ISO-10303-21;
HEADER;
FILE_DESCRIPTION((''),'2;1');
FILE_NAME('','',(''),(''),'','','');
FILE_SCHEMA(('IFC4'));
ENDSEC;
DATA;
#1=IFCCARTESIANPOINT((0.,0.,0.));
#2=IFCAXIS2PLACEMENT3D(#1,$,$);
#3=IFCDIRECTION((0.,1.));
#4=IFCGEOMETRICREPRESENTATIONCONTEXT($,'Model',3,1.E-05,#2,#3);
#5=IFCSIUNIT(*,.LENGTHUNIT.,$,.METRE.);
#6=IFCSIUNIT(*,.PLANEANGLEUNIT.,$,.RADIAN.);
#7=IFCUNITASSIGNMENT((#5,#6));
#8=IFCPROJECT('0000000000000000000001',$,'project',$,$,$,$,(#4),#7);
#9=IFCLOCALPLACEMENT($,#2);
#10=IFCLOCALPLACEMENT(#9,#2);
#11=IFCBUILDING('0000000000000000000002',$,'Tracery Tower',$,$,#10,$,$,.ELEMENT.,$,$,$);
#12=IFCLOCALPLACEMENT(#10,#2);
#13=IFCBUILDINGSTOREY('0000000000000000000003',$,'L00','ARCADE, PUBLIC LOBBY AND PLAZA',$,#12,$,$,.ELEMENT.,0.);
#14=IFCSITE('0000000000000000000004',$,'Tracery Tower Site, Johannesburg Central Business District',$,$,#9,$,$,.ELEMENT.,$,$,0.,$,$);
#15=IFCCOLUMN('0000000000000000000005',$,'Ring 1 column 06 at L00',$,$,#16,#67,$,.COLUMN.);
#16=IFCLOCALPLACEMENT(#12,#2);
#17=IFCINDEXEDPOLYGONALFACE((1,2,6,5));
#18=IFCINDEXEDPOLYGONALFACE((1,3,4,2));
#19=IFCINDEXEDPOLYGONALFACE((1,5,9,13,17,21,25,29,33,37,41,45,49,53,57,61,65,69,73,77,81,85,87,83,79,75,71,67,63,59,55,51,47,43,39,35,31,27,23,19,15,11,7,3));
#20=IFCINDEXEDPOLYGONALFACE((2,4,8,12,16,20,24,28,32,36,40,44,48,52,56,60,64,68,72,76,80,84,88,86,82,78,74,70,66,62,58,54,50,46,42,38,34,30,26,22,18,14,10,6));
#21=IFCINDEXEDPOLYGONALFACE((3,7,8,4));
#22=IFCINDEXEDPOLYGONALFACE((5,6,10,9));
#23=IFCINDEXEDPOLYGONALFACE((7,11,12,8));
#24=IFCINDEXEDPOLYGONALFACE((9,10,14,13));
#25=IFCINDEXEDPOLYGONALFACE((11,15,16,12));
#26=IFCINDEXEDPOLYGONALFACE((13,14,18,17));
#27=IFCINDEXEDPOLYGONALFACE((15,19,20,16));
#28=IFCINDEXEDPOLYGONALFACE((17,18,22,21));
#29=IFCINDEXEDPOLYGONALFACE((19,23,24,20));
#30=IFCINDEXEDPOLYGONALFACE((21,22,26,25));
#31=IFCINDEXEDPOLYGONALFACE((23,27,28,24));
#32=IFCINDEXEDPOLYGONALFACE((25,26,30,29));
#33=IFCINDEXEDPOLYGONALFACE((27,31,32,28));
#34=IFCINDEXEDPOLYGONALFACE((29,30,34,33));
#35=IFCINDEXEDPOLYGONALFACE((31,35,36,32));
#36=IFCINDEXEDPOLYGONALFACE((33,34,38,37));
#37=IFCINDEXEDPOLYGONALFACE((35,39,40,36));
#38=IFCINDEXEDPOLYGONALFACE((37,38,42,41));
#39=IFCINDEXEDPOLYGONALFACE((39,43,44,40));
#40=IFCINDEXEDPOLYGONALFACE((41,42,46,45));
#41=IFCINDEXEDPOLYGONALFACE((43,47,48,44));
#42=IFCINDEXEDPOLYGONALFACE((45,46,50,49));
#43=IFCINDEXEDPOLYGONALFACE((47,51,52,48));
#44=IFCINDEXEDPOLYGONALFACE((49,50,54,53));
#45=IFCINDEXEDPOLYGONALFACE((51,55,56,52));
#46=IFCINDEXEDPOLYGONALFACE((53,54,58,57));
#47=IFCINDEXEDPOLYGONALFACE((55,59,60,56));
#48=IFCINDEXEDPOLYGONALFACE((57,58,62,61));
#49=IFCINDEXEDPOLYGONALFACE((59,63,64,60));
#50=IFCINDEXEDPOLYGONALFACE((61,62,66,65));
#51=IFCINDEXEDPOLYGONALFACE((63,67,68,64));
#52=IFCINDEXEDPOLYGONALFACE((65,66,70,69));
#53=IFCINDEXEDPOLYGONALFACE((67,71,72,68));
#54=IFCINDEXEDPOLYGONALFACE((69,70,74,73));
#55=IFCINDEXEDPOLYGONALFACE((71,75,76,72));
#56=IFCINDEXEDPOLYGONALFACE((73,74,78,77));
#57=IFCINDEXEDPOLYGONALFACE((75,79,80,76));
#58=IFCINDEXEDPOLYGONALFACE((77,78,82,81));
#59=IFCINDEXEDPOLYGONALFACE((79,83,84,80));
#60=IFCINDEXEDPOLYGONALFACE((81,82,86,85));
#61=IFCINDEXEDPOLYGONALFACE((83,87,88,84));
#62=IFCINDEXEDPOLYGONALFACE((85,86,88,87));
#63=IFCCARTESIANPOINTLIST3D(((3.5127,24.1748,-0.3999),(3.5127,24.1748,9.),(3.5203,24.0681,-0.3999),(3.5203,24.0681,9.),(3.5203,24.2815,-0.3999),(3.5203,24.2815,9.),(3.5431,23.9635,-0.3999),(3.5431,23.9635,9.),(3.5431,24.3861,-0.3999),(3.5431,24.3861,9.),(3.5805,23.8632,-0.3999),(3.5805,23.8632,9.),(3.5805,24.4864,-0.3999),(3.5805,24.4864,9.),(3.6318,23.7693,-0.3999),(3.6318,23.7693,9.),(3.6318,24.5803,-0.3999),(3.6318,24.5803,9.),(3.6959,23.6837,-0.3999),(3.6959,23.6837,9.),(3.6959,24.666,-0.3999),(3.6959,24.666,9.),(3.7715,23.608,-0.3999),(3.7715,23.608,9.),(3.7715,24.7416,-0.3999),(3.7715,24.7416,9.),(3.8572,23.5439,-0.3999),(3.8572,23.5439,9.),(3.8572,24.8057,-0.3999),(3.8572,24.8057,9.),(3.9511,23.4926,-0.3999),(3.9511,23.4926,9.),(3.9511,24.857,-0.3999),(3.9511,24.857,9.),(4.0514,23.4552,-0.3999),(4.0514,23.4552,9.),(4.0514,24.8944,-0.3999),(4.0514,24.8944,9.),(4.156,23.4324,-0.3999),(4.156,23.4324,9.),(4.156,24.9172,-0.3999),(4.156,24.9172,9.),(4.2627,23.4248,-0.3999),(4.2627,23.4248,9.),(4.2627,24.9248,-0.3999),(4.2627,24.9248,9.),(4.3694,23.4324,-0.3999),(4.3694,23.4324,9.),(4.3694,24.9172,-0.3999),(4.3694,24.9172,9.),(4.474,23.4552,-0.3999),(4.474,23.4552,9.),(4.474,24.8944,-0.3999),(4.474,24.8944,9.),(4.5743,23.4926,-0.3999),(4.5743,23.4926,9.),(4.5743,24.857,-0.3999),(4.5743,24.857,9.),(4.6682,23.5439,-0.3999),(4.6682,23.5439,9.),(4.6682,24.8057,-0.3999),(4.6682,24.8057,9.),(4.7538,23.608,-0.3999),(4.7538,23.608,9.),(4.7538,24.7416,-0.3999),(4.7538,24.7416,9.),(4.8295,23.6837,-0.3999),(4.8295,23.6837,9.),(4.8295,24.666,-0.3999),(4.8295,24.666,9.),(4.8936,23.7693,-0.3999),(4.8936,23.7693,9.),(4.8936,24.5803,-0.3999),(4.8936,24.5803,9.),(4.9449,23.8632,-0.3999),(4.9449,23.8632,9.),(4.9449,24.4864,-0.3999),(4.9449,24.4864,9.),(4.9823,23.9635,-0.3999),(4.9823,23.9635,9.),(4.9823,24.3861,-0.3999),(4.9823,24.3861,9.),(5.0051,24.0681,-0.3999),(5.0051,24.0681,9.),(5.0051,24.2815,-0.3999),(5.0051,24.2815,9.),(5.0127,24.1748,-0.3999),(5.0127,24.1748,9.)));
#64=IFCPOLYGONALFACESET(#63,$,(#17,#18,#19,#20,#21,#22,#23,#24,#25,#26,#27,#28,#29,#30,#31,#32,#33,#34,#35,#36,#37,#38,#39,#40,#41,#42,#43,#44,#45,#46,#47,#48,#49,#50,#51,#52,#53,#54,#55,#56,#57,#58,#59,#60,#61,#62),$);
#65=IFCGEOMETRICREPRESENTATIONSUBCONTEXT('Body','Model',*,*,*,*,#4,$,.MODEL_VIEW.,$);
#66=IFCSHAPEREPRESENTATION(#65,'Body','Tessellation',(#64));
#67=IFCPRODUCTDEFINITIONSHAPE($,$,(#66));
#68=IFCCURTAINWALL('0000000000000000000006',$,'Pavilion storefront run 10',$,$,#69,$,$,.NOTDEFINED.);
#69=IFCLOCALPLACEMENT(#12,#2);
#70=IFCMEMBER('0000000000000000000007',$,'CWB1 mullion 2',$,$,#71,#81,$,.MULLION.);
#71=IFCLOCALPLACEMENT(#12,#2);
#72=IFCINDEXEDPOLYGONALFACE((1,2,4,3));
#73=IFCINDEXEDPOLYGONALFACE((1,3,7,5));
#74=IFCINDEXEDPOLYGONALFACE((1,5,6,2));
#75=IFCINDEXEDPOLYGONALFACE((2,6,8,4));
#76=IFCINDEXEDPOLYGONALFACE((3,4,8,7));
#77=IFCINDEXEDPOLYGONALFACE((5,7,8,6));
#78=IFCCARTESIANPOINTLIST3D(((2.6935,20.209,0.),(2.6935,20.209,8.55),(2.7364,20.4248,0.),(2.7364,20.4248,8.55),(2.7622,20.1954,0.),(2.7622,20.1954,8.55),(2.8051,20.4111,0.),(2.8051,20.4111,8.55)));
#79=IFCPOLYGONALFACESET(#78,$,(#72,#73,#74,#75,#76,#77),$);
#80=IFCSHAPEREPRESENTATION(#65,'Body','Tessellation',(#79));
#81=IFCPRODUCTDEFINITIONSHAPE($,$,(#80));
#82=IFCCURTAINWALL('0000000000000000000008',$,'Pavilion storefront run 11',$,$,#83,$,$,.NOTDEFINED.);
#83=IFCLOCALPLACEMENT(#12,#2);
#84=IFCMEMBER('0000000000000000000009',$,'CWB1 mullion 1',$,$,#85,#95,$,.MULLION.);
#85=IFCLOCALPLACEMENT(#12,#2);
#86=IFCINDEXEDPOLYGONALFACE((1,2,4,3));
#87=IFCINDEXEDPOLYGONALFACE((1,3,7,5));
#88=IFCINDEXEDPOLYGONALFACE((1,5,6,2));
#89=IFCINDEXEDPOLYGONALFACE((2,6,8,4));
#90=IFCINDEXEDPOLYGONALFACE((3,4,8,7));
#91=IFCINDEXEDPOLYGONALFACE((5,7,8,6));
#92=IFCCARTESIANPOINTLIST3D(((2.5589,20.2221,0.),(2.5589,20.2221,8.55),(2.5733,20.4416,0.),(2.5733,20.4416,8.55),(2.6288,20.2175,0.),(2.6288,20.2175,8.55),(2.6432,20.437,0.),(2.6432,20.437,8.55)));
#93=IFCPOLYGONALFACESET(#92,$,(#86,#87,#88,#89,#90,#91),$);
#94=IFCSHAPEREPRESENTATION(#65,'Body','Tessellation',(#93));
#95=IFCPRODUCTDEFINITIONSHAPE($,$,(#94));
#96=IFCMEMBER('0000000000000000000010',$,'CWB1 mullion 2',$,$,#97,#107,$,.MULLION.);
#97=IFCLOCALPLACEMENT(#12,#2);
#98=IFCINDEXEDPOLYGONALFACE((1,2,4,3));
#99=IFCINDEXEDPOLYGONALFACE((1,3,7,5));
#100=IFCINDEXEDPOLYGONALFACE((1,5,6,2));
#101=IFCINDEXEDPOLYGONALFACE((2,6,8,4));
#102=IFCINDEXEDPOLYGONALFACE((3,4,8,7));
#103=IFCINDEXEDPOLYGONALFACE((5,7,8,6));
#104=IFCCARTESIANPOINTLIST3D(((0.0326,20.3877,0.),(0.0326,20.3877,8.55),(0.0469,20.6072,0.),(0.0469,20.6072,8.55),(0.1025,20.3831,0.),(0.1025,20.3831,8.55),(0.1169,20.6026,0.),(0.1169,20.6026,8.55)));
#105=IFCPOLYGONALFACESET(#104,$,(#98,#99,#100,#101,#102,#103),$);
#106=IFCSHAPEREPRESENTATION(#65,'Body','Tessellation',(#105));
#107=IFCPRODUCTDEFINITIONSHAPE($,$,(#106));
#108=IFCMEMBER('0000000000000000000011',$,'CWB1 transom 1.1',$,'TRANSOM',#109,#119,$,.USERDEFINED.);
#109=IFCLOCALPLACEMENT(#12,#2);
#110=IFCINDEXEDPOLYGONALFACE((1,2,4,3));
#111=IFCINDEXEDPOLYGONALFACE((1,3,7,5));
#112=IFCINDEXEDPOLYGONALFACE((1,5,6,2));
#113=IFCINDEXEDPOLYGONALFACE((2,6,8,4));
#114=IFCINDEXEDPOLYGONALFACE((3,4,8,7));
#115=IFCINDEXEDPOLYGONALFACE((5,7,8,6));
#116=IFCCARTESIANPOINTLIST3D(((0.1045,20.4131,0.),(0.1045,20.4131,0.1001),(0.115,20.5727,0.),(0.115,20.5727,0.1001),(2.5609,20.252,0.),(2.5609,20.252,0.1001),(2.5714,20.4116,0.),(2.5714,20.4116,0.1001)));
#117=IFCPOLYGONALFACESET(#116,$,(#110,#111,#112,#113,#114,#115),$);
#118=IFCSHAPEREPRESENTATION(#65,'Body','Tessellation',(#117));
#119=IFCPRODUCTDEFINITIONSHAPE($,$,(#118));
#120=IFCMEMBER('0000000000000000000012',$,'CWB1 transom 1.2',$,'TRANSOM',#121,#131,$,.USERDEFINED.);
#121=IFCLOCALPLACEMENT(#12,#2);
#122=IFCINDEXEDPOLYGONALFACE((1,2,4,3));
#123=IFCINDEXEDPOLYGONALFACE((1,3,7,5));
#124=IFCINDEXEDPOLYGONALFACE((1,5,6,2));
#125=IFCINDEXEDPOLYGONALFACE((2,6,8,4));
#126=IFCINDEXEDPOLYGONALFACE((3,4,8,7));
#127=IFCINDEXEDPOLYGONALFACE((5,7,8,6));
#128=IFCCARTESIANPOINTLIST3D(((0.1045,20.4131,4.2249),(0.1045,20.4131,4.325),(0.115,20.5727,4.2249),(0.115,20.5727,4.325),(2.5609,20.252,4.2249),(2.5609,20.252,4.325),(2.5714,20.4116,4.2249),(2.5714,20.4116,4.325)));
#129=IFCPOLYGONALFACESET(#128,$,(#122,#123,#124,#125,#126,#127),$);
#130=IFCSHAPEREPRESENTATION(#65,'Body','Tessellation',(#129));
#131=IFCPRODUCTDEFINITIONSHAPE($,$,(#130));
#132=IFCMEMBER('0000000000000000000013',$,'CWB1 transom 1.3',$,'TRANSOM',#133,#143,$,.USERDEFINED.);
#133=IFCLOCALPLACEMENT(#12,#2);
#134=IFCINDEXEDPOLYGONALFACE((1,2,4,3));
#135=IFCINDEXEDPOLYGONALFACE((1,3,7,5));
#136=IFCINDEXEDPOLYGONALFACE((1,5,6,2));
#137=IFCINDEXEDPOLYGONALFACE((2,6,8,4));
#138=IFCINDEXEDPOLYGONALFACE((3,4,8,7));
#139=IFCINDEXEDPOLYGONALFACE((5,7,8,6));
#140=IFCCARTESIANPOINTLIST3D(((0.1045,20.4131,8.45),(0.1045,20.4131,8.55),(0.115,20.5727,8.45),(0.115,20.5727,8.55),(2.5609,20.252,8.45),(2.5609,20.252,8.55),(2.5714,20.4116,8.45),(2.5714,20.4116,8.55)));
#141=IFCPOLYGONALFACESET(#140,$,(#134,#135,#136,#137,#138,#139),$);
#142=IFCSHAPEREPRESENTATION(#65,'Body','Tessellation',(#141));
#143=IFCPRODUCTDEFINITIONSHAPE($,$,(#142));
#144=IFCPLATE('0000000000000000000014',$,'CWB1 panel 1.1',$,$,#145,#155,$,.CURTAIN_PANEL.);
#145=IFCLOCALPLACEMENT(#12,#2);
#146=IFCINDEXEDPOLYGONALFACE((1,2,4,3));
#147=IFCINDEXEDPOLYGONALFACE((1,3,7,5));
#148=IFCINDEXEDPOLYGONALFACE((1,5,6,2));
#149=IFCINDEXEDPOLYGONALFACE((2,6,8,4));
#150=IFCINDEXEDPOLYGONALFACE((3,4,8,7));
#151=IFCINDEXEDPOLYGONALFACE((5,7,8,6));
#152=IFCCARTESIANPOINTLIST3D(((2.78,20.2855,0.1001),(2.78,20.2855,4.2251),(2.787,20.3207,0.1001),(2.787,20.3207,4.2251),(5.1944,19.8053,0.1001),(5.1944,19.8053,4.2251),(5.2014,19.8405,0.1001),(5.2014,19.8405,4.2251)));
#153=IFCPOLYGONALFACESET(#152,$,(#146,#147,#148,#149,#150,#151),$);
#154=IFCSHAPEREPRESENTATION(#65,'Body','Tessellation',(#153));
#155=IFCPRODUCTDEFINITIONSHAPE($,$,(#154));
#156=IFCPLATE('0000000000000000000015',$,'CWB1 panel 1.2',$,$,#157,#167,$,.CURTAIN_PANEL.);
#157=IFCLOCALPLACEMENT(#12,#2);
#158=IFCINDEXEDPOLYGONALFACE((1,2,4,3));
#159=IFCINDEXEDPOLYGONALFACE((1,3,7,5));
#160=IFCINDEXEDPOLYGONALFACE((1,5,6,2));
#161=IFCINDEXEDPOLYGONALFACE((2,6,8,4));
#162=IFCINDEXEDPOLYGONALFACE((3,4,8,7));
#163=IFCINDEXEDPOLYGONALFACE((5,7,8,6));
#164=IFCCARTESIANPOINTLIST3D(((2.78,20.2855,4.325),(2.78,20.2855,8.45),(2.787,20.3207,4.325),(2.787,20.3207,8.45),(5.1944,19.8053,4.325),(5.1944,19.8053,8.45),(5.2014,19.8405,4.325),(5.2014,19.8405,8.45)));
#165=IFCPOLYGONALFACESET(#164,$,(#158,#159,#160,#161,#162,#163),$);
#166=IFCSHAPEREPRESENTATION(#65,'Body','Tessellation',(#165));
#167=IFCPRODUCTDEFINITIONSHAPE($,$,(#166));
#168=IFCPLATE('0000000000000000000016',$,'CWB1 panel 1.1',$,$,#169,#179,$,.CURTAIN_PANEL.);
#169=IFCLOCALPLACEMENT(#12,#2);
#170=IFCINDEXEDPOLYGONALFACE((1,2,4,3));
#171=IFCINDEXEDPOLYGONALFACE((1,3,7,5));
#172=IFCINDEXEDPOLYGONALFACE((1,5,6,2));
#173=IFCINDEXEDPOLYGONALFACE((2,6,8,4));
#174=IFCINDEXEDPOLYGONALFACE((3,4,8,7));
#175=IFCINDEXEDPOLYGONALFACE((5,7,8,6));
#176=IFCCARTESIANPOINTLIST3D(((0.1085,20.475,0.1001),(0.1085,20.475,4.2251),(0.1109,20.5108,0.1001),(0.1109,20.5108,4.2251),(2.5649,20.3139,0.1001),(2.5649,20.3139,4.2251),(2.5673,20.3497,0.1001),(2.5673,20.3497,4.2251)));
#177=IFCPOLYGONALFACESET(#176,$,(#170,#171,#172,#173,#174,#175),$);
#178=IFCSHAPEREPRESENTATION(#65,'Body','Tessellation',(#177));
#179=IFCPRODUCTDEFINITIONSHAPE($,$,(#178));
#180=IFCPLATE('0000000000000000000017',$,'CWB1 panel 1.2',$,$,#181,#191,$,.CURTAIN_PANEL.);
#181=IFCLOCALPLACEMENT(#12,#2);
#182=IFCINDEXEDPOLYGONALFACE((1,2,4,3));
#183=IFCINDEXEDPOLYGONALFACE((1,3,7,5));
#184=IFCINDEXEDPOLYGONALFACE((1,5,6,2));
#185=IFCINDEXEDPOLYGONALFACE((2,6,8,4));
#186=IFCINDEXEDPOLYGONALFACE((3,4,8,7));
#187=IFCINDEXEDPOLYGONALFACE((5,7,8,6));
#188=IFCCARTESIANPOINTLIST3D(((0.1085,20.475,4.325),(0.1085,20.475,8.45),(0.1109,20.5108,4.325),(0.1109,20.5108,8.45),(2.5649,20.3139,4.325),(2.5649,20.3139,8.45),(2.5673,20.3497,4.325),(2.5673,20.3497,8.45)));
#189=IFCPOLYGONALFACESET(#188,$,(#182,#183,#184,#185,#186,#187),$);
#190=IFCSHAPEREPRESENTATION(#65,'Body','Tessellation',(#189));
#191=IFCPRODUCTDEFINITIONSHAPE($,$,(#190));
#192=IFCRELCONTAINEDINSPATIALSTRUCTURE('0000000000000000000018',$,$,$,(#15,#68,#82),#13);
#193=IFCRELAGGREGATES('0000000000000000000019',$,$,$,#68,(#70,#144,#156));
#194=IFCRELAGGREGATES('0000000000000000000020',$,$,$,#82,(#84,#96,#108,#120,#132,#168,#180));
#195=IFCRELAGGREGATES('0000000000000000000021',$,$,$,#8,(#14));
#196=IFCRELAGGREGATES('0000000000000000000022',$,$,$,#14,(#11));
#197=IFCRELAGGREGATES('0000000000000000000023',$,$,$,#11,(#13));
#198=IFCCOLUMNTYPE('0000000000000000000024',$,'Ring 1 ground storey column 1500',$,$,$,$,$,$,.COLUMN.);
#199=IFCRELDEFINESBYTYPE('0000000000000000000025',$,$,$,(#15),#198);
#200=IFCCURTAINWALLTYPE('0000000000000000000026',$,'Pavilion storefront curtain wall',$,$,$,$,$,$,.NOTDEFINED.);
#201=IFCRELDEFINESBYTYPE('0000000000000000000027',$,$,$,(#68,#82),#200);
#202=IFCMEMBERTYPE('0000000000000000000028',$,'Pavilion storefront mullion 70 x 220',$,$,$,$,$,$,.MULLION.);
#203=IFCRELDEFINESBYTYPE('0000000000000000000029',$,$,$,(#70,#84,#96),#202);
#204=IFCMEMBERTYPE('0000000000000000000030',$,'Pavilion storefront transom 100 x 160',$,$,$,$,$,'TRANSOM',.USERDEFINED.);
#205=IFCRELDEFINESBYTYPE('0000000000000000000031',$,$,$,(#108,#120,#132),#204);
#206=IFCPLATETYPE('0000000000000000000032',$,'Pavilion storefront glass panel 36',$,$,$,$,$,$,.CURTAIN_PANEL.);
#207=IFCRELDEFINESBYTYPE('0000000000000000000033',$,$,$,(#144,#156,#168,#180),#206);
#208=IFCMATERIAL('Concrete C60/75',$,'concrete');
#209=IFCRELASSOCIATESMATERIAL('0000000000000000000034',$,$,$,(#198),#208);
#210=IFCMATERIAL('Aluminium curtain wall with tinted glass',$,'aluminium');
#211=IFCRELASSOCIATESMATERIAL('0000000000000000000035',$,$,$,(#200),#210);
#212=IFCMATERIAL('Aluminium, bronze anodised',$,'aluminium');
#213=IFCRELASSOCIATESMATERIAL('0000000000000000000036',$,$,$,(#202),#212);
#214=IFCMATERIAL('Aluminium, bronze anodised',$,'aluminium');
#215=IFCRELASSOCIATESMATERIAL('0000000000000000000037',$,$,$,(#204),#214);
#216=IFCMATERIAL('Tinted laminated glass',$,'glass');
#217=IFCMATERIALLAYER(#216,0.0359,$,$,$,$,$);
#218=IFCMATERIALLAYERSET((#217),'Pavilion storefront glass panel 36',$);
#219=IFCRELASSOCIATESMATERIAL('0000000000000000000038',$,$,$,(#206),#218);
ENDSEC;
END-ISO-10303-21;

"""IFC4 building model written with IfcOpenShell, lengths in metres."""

from ifc_helpers import new_model, si_unit, direction, frame, origin, origin_2d, place, context, subcontext, project, spatial, rectangle, circle, extrude, material, layer, layer_set, material_profile, profile_set, type_object, element, aggregate, save


model = new_model("IFC4")

# Units and contexts
model_context = context("Model", 3, precision=1e-05, world=origin(), true_north=direction((0.0, 1.0)))
body_context = subcontext(model_context, "Body", "Model", "MODEL_VIEW")
ifc_project = project(units=[si_unit("LENGTHUNIT", "METRE"), si_unit("PLANEANGLEUNIT", "RADIAN")], contexts=[model_context])

# Site, building, storey
site_placement = place(None, origin())
site = spatial("IfcSite", under=ifc_project, at=site_placement, Name="Tracery Tower Site, Johannesburg Central Business District", CompositionType="ELEMENT", RefElevation=0.0)
building_placement = place(site_placement, origin())
building = spatial("IfcBuilding", under=site, at=building_placement, Name="Tracery Tower", CompositionType="ELEMENT")
storey_placement = place(building_placement, origin())
storey = spatial("IfcBuildingStorey", under=building, at=storey_placement, Name="L00", Description="ARCADE, PUBLIC LOBBY AND PLAZA", CompositionType="ELEMENT", Elevation=0.0)

# Column
ifc_material_1 = material(Name="Concrete C60/75", Category="concrete")
ifc_material_profile_1 = material_profile(ifc_material_1, circle(Radius=0.75, at=origin_2d()), Name="RC D1500")
ifc_profile_set_1 = profile_set([ifc_material_profile_1], Name="Concrete C60/75")
column_type_1 = type_object("IfcColumnType", Name="Ring 1 ground storey column 1500", PredefinedType="COLUMN", material=ifc_profile_set_1)
for number, where, z_axis, x_axis, name in (
    (1, (4.2627, 24.1748, -0.3999), (0.0, 0.0, 1.0), (1.0, 0.0, 0.0), "Ring 1 column 06 at L00"),
):
    element("IfcColumn", number, at=place(storey_placement, frame(where, z_axis=z_axis, x_axis=x_axis)), inside=storey, type_object=column_type_1, Name=name, PredefinedType="COLUMN", context=body_context, shape_type="SweptSolid", body=[
        extrude(circle(Radius=0.75, at=origin_2d()), origin(), (0.0, 0.0, 1.0), 9.3999),
    ])

# Curtain wall, member
ifc_material_2 = material(Name="Aluminium curtain wall with tinted glass", Category="aluminium")
curtain_wall_type = type_object("IfcCurtainWallType", Name="Pavilion storefront curtain wall", PredefinedType="NOTDEFINED", material=ifc_material_2)
curtain_wall_1_placement = place(storey_placement, origin())
curtain_wall_1 = element("IfcCurtainWall", 2, at=curtain_wall_1_placement, inside=storey, type_object=curtain_wall_type, Name="Pavilion storefront run 10", PredefinedType="NOTDEFINED")
ifc_material_3 = material(Name="Aluminium, bronze anodised", Category="aluminium")
ifc_material_profile_2 = material_profile(ifc_material_3, rectangle(XDim=0.22, YDim=0.0701, at=origin_2d()), Name="Pavilion storefront mullion 70 x 220")
ifc_profile_set_2 = profile_set([ifc_material_profile_2], Name="Aluminium, bronze anodised")
member_type_1 = type_object("IfcMemberType", Name="Pavilion storefront mullion 70 x 220", PredefinedType="MULLION", material=ifc_profile_set_2)
member_1_placement = place(storey_placement, frame((2.7493, 20.3101, 0.0), z_axis=(0.0, 0.0, 1.0), x_axis=(-0.195074, -0.980789, 0.0)))
member_1 = element("IfcMember", 3, at=member_1_placement, type_object=member_type_1, Name="CWB1 mullion 2", PredefinedType="MULLION", context=body_context, shape_type="SweptSolid", body=[
    extrude(rectangle(XDim=0.22, YDim=0.0701, at=origin_2d()), origin(), (0.0, 0.0, 1.0), 8.55),
])

# Curtain wall, members
curtain_wall_2_placement = place(storey_placement, origin())
curtain_wall_2 = element("IfcCurtainWall", 4, at=curtain_wall_2_placement, inside=storey, type_object=curtain_wall_type, Name="Pavilion storefront run 11", PredefinedType="NOTDEFINED")
member_2_placement = place(storey_placement, frame((2.6011, 20.3296, 0.0), z_axis=(0.0, 0.0, 1.0), x_axis=(-0.065422, -0.997858, 0.0)))
member_2 = element("IfcMember", 5, at=member_2_placement, type_object=member_type_1, Name="CWB1 mullion 1", PredefinedType="MULLION", context=body_context, shape_type="SweptSolid", body=[
    extrude(rectangle(XDim=0.22, YDim=0.0701, at=origin_2d()), origin(), (0.0, 0.0, 1.0), 8.55),
])
member_3_placement = place(storey_placement, frame((0.0747, 20.4951, 0.0), z_axis=(0.0, 0.0, 1.0), x_axis=(-0.065422, -0.997858, 0.0)))
member_3 = element("IfcMember", 6, at=member_3_placement, type_object=member_type_1, Name="CWB1 mullion 2", PredefinedType="MULLION", context=body_context, shape_type="SweptSolid", body=[
    extrude(rectangle(XDim=0.22, YDim=0.0701, at=origin_2d()), origin(), (0.0, 0.0, 1.0), 8.55),
])
ifc_material_4 = material(Name="Aluminium, bronze anodised", Category="aluminium")
ifc_material_profile_3 = material_profile(ifc_material_4, rectangle(XDim=0.1599, YDim=0.1001, at=origin_2d()), Name="Pavilion storefront transom 100 x 160")
ifc_profile_set_3 = profile_set([ifc_material_profile_3], Name="Aluminium, bronze anodised")
member_type_2 = type_object("IfcMemberType", Name="Pavilion storefront transom 100 x 160", ElementType="TRANSOM", PredefinedType="USERDEFINED", material=ifc_profile_set_3)
member_4_placement = place(storey_placement, frame((2.5662, 20.3318, 0.05), z_axis=(-0.997855, 0.065459, 0.0), x_axis=(-0.065459, -0.997855, 0.0)))
member_4 = element("IfcMember", 7, at=member_4_placement, type_object=member_type_2, Name="CWB1 transom 1.1", ObjectType="TRANSOM", PredefinedType="USERDEFINED", context=body_context, shape_type="SweptSolid", body=[
    extrude(rectangle(XDim=0.1599, YDim=0.1001, at=origin_2d()), origin(), (0.0, 0.0, 1.0), 2.4617),
])
member_5_placement = place(storey_placement, frame((2.5662, 20.3318, 4.2749), z_axis=(-0.997855, 0.065459, 0.0), x_axis=(-0.065459, -0.997855, 0.0)))
member_5 = element("IfcMember", 8, at=member_5_placement, type_object=member_type_2, Name="CWB1 transom 1.2", ObjectType="TRANSOM", PredefinedType="USERDEFINED", context=body_context, shape_type="SweptSolid", body=[
    extrude(rectangle(XDim=0.1599, YDim=0.1001, at=origin_2d()), origin(), (0.0, 0.0, 1.0), 2.4617),
])
member_6_placement = place(storey_placement, frame((2.5662, 20.3318, 8.5), z_axis=(-0.997855, 0.065459, 0.0), x_axis=(-0.065459, -0.997855, 0.0)))
member_6 = element("IfcMember", 9, at=member_6_placement, type_object=member_type_2, Name="CWB1 transom 1.3", ObjectType="TRANSOM", PredefinedType="USERDEFINED", context=body_context, shape_type="SweptSolid", body=[
    extrude(rectangle(XDim=0.1599, YDim=0.1001, at=origin_2d()), origin(), (0.0, 0.0, 1.0), 2.4617),
])

# Plates
ifc_material_5 = material(Name="Tinted laminated glass", Category="glass")
ifc_layer_1 = layer(ifc_material_5, 0.0359)
ifc_layer_set_1 = layer_set([ifc_layer_1], Name="Pavilion storefront glass panel 36")
plate_type = type_object("IfcPlateType", Name="Pavilion storefront glass panel 36", PredefinedType="CURTAIN_PANEL", material=ifc_layer_set_1)
plate_1_placement = place(storey_placement, frame((3.9907, 20.063, 0.1001), z_axis=(0.0, 0.0, 1.0), x_axis=(-0.980789, 0.195074, 0.0)))
plate_1 = element("IfcPlate", 10, at=plate_1_placement, type_object=plate_type, Name="CWB1 panel 1.1", PredefinedType="CURTAIN_PANEL", context=body_context, shape_type="SweptSolid", body=[
    extrude(rectangle(XDim=2.4617, YDim=0.0359, at=origin_2d()), origin(), (0.0, 0.0, 1.0), 4.125),
])
plate_2_placement = place(storey_placement, frame((3.9907, 20.063, 4.325), z_axis=(0.0, 0.0, 1.0), x_axis=(-0.980789, 0.195074, 0.0)))
plate_2 = element("IfcPlate", 11, at=plate_2_placement, type_object=plate_type, Name="CWB1 panel 1.2", PredefinedType="CURTAIN_PANEL", context=body_context, shape_type="SweptSolid", body=[
    extrude(rectangle(XDim=2.4617, YDim=0.0359, at=origin_2d()), origin(), (0.0, 0.0, 1.0), 4.125),
])
aggregate(curtain_wall_1, [member_1, plate_1, plate_2])
plate_3_placement = place(storey_placement, frame((1.3379, 20.4124, 0.1001), z_axis=(0.0, 0.0, 1.0), x_axis=(-0.997858, 0.065422, 0.0)))
plate_3 = element("IfcPlate", 12, at=plate_3_placement, type_object=plate_type, Name="CWB1 panel 1.1", PredefinedType="CURTAIN_PANEL", context=body_context, shape_type="SweptSolid", body=[
    extrude(rectangle(XDim=2.4617, YDim=0.0359, at=origin_2d()), origin(), (0.0, 0.0, 1.0), 4.125),
])
plate_4_placement = place(storey_placement, frame((1.3379, 20.4124, 4.325), z_axis=(0.0, 0.0, 1.0), x_axis=(-0.997858, 0.065422, 0.0)))
plate_4 = element("IfcPlate", 13, at=plate_4_placement, type_object=plate_type, Name="CWB1 panel 1.2", PredefinedType="CURTAIN_PANEL", context=body_context, shape_type="SweptSolid", body=[
    extrude(rectangle(XDim=2.4617, YDim=0.0359, at=origin_2d()), origin(), (0.0, 0.0, 1.0), 4.125),
])
aggregate(curtain_wall_2, [member_2, member_3, member_4, member_5, member_6, plate_3, plate_4])

save(model, "model.ifc")
